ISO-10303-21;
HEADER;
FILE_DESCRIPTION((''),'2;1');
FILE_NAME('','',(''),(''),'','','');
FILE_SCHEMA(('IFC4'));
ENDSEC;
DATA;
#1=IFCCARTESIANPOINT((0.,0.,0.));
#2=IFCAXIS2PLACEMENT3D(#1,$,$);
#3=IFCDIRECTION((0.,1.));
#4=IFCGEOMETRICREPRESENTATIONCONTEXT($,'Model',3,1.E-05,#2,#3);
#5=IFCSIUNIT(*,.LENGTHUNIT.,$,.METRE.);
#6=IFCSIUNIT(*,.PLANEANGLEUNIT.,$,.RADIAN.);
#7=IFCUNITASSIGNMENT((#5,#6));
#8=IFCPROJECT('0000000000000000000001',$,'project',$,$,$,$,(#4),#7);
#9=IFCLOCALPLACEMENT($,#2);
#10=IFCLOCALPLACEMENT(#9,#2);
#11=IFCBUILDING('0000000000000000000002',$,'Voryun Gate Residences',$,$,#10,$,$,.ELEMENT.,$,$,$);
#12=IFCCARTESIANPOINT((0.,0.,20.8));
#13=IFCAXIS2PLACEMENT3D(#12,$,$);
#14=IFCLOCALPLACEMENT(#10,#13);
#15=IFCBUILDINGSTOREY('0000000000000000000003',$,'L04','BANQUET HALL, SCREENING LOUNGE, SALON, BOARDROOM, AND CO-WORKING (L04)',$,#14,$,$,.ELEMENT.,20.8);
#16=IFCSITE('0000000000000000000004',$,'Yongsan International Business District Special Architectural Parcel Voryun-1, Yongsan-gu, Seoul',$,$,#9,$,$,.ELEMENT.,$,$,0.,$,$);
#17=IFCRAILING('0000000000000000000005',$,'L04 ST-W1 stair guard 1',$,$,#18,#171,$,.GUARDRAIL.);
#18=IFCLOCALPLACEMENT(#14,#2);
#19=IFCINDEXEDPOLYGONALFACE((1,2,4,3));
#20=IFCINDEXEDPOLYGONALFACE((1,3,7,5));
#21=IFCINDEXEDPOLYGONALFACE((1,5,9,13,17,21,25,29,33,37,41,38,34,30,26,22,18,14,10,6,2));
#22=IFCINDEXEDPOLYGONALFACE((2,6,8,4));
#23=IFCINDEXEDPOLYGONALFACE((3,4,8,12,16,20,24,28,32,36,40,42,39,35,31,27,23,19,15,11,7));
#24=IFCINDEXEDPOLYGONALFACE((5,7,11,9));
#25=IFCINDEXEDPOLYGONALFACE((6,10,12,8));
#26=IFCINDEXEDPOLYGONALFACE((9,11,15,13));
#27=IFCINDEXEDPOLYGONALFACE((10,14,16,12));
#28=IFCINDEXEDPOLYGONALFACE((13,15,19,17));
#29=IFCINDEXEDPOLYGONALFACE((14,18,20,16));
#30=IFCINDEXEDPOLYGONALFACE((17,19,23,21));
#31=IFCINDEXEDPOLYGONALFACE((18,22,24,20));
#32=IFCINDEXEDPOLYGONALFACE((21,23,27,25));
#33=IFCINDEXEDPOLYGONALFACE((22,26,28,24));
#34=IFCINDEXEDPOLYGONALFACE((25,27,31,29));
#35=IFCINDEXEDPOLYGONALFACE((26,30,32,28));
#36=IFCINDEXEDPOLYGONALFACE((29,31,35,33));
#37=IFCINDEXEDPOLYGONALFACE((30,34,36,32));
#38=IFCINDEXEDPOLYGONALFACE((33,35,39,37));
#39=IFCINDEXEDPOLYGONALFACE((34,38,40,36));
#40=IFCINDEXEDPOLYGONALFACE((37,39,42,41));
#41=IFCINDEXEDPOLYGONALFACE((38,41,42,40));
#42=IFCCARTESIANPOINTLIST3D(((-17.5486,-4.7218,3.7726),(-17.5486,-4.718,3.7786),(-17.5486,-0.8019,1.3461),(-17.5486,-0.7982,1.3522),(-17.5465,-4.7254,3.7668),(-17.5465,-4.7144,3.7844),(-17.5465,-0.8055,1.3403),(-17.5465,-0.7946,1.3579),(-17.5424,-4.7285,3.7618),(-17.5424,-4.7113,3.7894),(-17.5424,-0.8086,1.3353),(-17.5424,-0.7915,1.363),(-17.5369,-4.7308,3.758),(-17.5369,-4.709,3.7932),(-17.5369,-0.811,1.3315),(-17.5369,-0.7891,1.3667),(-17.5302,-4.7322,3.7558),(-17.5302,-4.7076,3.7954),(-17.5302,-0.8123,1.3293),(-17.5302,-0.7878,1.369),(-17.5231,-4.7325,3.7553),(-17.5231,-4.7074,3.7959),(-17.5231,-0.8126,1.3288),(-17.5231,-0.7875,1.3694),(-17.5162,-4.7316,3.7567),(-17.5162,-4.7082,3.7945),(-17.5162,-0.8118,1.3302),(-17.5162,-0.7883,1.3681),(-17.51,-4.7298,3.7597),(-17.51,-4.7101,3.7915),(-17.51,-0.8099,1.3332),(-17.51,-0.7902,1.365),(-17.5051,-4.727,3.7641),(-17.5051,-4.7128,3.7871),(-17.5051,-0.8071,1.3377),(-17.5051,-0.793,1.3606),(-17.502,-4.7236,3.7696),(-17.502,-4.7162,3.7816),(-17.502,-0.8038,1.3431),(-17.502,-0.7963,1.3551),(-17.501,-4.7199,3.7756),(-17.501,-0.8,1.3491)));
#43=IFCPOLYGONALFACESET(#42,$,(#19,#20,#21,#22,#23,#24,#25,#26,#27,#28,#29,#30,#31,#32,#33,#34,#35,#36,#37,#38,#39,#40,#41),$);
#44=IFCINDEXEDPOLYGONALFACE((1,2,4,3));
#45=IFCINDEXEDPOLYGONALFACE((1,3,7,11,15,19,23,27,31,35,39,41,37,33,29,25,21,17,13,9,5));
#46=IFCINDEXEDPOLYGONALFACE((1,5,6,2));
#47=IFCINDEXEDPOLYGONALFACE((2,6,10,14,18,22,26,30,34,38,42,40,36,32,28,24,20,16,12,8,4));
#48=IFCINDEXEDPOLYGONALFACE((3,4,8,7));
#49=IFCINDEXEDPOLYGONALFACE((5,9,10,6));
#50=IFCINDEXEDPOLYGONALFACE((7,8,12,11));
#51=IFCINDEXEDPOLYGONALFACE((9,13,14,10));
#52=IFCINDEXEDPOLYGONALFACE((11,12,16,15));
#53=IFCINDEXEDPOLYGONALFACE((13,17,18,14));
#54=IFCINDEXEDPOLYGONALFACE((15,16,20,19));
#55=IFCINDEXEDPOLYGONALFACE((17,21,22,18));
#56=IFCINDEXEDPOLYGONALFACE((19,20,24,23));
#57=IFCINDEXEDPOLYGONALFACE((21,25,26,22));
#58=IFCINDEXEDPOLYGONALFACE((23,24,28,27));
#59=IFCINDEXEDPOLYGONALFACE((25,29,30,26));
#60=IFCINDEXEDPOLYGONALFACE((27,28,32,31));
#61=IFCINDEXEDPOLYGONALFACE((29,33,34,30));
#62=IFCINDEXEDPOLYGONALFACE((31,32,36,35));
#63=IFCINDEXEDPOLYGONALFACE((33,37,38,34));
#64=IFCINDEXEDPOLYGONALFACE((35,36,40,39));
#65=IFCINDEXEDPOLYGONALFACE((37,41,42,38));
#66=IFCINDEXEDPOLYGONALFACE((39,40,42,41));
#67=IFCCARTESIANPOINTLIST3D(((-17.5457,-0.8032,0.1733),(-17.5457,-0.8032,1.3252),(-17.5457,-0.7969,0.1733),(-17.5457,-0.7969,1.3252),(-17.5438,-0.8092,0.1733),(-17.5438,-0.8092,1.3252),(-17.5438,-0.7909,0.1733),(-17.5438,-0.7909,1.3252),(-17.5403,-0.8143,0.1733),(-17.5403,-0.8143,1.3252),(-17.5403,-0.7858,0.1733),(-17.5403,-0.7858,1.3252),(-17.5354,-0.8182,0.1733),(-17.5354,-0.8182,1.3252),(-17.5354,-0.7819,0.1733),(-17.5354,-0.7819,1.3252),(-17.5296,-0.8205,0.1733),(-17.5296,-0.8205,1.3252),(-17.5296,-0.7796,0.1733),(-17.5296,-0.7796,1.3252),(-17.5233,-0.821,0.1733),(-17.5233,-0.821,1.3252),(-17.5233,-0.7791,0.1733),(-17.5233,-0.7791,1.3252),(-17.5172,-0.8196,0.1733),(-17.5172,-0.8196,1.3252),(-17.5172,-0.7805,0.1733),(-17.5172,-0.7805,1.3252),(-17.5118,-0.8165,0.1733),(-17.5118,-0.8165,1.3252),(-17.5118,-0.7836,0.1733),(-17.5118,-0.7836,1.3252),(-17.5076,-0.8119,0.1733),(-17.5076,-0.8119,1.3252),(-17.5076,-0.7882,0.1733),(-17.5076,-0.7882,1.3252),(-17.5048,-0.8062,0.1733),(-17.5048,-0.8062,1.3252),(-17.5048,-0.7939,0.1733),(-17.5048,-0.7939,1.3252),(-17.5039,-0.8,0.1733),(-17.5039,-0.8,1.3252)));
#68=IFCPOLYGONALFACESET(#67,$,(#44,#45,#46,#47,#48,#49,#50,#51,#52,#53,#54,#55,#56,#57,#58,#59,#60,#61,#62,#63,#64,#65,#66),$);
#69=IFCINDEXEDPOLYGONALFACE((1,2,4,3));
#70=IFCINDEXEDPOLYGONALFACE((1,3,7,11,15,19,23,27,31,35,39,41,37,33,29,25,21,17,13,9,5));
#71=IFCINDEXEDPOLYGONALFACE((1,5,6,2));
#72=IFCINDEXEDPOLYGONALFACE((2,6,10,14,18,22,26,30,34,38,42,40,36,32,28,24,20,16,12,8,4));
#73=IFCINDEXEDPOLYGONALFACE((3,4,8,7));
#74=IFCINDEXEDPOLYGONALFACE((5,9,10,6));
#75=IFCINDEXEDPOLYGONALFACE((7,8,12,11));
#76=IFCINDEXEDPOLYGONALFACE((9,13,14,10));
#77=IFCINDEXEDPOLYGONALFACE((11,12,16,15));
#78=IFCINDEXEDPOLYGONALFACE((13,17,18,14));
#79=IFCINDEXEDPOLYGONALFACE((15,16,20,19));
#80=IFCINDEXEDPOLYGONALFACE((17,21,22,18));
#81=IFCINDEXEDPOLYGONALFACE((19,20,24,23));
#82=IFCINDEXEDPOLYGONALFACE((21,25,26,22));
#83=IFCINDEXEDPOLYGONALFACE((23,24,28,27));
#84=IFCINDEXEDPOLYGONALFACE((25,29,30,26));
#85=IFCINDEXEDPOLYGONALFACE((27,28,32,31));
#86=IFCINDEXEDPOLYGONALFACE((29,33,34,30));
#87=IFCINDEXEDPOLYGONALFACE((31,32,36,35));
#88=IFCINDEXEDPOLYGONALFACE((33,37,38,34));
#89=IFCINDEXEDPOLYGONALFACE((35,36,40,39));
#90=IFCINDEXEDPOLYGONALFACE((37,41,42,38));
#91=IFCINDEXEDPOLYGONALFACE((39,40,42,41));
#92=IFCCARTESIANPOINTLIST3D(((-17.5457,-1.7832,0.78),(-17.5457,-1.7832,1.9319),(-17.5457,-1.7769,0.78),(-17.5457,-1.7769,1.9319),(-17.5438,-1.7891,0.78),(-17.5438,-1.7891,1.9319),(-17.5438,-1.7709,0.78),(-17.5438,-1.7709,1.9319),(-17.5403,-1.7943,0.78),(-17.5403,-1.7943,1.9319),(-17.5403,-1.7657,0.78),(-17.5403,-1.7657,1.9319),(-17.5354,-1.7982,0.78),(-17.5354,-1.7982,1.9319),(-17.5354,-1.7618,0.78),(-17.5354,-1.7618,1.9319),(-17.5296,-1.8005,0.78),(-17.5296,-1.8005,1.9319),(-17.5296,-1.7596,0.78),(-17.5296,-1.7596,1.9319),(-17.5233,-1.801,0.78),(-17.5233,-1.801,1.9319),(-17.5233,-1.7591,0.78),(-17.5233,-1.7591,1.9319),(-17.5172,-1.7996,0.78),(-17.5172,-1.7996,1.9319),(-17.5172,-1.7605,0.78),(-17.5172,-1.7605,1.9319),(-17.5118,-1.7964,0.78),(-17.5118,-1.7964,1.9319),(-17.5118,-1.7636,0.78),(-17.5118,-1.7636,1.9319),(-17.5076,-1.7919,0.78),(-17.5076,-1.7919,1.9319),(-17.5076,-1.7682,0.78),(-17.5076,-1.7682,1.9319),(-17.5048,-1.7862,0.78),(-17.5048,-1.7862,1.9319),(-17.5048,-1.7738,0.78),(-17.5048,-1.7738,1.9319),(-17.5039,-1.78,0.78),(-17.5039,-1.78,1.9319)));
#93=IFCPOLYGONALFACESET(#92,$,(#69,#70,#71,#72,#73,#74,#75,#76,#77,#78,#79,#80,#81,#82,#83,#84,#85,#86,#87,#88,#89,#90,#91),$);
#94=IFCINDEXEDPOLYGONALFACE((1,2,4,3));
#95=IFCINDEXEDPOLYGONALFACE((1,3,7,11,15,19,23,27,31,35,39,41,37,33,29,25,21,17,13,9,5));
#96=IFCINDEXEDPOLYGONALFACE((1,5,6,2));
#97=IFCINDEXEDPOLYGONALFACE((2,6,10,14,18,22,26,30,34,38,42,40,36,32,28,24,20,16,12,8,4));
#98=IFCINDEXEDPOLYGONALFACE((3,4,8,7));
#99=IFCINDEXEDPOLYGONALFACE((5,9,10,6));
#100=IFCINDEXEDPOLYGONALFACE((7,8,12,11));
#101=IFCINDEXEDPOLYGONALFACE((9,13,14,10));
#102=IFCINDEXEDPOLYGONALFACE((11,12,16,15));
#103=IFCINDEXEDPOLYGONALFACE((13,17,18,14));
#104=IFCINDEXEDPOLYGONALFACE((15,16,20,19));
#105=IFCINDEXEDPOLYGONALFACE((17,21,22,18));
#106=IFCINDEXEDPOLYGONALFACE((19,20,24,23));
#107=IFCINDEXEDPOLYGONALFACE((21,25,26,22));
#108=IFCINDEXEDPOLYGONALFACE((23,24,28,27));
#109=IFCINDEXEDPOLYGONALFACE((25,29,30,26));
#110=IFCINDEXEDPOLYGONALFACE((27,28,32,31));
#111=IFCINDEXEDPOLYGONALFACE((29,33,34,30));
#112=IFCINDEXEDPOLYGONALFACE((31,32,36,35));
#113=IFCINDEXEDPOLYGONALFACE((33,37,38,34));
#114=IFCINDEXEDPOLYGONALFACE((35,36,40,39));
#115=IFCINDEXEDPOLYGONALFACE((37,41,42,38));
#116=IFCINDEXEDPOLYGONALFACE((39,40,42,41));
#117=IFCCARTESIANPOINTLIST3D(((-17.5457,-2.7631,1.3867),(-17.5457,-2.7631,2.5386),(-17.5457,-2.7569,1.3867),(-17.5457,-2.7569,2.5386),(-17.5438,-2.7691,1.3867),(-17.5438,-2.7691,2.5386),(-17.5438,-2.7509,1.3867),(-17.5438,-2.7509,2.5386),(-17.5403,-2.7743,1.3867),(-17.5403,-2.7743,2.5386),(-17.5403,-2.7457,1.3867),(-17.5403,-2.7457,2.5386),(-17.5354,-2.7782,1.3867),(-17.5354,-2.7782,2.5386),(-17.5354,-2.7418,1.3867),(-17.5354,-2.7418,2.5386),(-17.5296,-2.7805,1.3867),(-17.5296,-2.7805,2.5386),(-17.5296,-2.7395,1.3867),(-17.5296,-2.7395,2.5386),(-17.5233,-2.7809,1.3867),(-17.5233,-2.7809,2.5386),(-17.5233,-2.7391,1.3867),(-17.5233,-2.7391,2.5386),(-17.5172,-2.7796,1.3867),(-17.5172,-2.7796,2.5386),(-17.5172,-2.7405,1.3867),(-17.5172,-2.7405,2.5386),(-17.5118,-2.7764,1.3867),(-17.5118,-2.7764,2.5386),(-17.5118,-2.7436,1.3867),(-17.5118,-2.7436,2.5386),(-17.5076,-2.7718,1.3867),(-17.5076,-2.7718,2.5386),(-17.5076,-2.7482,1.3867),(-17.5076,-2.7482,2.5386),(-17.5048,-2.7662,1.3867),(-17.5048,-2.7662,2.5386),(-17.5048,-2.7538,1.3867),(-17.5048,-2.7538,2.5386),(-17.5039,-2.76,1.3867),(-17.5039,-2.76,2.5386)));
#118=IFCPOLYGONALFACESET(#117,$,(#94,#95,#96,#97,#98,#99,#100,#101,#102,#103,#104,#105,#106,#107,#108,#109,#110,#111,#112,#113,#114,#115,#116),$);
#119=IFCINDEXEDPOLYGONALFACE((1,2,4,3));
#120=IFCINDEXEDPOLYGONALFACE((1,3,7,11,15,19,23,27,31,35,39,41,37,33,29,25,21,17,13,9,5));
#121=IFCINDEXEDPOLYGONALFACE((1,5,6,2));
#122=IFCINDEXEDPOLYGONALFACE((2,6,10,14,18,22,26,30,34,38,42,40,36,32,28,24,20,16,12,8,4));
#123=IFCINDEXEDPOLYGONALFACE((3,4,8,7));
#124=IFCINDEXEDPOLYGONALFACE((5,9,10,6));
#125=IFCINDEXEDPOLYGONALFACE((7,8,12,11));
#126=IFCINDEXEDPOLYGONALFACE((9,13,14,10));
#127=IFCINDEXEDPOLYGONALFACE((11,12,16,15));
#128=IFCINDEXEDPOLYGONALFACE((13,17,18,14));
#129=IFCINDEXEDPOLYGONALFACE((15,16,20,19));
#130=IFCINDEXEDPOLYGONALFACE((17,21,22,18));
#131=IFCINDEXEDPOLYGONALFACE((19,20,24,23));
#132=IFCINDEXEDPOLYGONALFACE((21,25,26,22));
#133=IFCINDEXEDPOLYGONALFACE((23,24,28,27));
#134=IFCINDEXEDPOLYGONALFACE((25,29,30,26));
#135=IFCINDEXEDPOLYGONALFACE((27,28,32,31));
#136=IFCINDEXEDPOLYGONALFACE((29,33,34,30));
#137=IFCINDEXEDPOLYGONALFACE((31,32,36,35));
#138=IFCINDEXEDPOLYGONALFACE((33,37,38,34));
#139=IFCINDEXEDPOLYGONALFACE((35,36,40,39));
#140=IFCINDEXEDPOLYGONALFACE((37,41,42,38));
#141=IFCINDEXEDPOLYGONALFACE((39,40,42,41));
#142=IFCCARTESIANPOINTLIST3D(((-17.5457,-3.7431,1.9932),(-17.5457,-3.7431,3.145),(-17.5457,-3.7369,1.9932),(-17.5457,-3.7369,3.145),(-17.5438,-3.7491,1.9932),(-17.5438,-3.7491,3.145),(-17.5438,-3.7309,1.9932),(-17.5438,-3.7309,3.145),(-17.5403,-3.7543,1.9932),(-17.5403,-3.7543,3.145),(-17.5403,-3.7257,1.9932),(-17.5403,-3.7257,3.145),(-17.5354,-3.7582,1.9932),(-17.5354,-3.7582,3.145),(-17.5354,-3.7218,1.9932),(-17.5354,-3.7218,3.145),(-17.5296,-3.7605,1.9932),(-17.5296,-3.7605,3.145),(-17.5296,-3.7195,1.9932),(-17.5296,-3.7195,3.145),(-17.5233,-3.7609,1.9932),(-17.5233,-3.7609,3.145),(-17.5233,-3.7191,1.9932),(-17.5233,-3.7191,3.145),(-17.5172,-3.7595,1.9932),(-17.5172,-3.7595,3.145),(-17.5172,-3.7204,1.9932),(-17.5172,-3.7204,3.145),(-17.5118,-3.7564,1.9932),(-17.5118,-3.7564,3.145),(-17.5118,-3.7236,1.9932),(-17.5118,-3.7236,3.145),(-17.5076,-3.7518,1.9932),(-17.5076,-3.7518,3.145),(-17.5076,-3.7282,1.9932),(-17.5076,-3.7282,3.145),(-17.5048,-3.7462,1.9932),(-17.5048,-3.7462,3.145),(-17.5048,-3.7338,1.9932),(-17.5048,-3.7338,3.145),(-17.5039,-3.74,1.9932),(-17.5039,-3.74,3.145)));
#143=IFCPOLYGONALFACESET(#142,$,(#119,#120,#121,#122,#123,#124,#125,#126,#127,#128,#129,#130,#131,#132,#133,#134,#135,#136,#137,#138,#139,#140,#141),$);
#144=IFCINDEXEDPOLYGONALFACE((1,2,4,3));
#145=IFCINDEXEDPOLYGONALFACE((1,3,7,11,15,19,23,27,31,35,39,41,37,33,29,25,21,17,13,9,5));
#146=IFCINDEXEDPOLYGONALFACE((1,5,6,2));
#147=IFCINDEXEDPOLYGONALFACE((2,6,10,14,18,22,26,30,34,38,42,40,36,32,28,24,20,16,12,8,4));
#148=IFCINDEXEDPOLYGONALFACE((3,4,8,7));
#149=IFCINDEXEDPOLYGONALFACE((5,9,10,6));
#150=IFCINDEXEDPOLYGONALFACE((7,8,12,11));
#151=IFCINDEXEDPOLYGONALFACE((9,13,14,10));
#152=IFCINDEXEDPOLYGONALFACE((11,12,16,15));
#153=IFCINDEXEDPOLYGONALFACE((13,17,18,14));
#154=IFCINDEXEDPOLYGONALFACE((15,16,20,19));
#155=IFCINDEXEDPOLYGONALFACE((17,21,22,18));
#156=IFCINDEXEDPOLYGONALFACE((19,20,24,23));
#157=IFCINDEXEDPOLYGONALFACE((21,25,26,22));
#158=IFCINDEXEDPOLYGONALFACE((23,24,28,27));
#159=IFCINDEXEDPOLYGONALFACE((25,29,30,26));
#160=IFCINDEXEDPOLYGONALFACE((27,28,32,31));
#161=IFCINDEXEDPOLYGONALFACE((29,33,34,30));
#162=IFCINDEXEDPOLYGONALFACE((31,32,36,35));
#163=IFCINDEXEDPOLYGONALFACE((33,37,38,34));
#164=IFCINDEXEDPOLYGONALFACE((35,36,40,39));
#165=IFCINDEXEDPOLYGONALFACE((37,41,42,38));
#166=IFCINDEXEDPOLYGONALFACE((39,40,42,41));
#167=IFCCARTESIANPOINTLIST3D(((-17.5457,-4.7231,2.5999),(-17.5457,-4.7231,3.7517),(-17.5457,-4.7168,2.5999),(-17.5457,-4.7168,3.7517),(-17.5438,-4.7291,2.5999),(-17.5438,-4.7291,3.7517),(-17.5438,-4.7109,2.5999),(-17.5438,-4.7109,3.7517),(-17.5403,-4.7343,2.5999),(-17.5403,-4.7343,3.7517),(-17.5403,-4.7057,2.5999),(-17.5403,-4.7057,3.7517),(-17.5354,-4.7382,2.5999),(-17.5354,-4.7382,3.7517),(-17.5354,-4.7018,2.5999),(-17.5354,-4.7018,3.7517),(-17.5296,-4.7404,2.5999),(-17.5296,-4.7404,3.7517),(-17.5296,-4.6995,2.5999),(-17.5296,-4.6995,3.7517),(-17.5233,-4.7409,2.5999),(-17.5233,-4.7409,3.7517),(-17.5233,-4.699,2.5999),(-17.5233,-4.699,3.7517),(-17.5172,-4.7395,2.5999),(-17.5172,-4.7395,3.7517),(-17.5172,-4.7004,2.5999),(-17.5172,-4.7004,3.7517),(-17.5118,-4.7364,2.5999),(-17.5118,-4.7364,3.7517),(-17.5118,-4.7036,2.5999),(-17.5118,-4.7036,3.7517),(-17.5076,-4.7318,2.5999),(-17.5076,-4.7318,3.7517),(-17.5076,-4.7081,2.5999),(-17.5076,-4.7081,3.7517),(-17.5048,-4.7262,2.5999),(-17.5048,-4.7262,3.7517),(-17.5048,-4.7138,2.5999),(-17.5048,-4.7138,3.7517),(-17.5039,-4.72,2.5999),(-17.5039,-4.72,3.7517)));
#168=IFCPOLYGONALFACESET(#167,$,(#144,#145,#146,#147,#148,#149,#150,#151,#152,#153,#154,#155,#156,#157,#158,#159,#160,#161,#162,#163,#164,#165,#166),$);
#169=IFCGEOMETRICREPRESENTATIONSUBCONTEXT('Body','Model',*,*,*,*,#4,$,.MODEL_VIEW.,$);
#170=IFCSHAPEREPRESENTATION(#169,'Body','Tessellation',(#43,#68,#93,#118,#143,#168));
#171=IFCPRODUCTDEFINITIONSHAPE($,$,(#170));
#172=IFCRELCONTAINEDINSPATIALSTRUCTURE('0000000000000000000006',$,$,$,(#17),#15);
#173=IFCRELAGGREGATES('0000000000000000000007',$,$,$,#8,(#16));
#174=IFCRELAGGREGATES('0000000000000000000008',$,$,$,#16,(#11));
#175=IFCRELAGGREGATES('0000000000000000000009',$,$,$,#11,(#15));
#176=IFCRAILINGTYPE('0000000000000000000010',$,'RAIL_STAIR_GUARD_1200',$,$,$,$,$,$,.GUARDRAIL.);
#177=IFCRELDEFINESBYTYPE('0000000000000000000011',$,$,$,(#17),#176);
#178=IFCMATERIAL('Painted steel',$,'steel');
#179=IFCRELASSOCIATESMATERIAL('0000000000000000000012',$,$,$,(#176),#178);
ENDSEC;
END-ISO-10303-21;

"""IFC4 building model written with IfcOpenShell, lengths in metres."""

from ifc_helpers import new_model, si_unit, direction, frame, origin, origin_2d, place, context, subcontext, project, spatial, circle, extrude, material, type_object, element, save


model = new_model("IFC4")

# Units and contexts
model_context = context("Model", 3, precision=1e-05, world=origin(), true_north=direction((0.0, 1.0)))
body_context = subcontext(model_context, "Body", "Model", "MODEL_VIEW")
ifc_project = project(units=[si_unit("LENGTHUNIT", "METRE"), si_unit("PLANEANGLEUNIT", "RADIAN")], contexts=[model_context])

# Site, building, storey
site_placement = place(None, origin())
site = spatial("IfcSite", under=ifc_project, at=site_placement, Name="Yongsan International Business District Special Architectural Parcel Voryun-1, Yongsan-gu, Seoul", CompositionType="ELEMENT", RefElevation=0.0)
building_placement = place(site_placement, origin())
building = spatial("IfcBuilding", under=site, at=building_placement, Name="Voryun Gate Residences", CompositionType="ELEMENT")
storey_placement = place(building_placement, frame((0.0, 0.0, 20.8)))
storey = spatial("IfcBuildingStorey", under=building, at=storey_placement, Name="L04", Description="BANQUET HALL, SCREENING LOUNGE, SALON, BOARDROOM, AND CO-WORKING (L04)", CompositionType="ELEMENT", Elevation=20.8)

# Railing
ifc_material_1 = material(Name="Painted steel", Category="steel")
railing_type_1 = type_object("IfcRailingType", Name="RAIL_STAIR_GUARD_1200", PredefinedType="GUARDRAIL", material=ifc_material_1)
railing_1_placement = place(storey_placement, frame((-17.5249, -0.8, 0.1733)))
element("IfcRailing", 1, at=railing_1_placement, inside=storey, type_object=railing_type_1, Name="L04 ST-W1 stair guard 1", PredefinedType="GUARDRAIL", context=body_context, shape_type="SweptSolid", body=[
    extrude(circle(Radius=0.0239, at=origin_2d()), frame((0.0, 0.0, 1.1758), z_axis=(0.0, -0.850275, 0.526338), x_axis=(1.0, 0.0, 0.0)), (0.0, 0.0, 1.0), 4.6101),
    extrude(circle(Radius=0.021, at=origin_2d()), origin(), (0.0, 0.0, 1.0), 1.1519),
    extrude(circle(Radius=0.021, at=origin_2d()), frame((0.0, -0.98, 0.6067)), (0.0, 0.0, 1.0), 1.1519),
    extrude(circle(Radius=0.021, at=origin_2d()), frame((0.0, -1.96, 1.2134)), (0.0, 0.0, 1.0), 1.1519),
    extrude(circle(Radius=0.021, at=origin_2d()), frame((0.0, -2.9399, 1.8198)), (0.0, 0.0, 1.0), 1.1519),
    extrude(circle(Radius=0.021, at=origin_2d()), frame((0.0, -3.9199, 2.4265)), (0.0, 0.0, 1.0), 1.1519),
])

save(model, "model.ifc")
